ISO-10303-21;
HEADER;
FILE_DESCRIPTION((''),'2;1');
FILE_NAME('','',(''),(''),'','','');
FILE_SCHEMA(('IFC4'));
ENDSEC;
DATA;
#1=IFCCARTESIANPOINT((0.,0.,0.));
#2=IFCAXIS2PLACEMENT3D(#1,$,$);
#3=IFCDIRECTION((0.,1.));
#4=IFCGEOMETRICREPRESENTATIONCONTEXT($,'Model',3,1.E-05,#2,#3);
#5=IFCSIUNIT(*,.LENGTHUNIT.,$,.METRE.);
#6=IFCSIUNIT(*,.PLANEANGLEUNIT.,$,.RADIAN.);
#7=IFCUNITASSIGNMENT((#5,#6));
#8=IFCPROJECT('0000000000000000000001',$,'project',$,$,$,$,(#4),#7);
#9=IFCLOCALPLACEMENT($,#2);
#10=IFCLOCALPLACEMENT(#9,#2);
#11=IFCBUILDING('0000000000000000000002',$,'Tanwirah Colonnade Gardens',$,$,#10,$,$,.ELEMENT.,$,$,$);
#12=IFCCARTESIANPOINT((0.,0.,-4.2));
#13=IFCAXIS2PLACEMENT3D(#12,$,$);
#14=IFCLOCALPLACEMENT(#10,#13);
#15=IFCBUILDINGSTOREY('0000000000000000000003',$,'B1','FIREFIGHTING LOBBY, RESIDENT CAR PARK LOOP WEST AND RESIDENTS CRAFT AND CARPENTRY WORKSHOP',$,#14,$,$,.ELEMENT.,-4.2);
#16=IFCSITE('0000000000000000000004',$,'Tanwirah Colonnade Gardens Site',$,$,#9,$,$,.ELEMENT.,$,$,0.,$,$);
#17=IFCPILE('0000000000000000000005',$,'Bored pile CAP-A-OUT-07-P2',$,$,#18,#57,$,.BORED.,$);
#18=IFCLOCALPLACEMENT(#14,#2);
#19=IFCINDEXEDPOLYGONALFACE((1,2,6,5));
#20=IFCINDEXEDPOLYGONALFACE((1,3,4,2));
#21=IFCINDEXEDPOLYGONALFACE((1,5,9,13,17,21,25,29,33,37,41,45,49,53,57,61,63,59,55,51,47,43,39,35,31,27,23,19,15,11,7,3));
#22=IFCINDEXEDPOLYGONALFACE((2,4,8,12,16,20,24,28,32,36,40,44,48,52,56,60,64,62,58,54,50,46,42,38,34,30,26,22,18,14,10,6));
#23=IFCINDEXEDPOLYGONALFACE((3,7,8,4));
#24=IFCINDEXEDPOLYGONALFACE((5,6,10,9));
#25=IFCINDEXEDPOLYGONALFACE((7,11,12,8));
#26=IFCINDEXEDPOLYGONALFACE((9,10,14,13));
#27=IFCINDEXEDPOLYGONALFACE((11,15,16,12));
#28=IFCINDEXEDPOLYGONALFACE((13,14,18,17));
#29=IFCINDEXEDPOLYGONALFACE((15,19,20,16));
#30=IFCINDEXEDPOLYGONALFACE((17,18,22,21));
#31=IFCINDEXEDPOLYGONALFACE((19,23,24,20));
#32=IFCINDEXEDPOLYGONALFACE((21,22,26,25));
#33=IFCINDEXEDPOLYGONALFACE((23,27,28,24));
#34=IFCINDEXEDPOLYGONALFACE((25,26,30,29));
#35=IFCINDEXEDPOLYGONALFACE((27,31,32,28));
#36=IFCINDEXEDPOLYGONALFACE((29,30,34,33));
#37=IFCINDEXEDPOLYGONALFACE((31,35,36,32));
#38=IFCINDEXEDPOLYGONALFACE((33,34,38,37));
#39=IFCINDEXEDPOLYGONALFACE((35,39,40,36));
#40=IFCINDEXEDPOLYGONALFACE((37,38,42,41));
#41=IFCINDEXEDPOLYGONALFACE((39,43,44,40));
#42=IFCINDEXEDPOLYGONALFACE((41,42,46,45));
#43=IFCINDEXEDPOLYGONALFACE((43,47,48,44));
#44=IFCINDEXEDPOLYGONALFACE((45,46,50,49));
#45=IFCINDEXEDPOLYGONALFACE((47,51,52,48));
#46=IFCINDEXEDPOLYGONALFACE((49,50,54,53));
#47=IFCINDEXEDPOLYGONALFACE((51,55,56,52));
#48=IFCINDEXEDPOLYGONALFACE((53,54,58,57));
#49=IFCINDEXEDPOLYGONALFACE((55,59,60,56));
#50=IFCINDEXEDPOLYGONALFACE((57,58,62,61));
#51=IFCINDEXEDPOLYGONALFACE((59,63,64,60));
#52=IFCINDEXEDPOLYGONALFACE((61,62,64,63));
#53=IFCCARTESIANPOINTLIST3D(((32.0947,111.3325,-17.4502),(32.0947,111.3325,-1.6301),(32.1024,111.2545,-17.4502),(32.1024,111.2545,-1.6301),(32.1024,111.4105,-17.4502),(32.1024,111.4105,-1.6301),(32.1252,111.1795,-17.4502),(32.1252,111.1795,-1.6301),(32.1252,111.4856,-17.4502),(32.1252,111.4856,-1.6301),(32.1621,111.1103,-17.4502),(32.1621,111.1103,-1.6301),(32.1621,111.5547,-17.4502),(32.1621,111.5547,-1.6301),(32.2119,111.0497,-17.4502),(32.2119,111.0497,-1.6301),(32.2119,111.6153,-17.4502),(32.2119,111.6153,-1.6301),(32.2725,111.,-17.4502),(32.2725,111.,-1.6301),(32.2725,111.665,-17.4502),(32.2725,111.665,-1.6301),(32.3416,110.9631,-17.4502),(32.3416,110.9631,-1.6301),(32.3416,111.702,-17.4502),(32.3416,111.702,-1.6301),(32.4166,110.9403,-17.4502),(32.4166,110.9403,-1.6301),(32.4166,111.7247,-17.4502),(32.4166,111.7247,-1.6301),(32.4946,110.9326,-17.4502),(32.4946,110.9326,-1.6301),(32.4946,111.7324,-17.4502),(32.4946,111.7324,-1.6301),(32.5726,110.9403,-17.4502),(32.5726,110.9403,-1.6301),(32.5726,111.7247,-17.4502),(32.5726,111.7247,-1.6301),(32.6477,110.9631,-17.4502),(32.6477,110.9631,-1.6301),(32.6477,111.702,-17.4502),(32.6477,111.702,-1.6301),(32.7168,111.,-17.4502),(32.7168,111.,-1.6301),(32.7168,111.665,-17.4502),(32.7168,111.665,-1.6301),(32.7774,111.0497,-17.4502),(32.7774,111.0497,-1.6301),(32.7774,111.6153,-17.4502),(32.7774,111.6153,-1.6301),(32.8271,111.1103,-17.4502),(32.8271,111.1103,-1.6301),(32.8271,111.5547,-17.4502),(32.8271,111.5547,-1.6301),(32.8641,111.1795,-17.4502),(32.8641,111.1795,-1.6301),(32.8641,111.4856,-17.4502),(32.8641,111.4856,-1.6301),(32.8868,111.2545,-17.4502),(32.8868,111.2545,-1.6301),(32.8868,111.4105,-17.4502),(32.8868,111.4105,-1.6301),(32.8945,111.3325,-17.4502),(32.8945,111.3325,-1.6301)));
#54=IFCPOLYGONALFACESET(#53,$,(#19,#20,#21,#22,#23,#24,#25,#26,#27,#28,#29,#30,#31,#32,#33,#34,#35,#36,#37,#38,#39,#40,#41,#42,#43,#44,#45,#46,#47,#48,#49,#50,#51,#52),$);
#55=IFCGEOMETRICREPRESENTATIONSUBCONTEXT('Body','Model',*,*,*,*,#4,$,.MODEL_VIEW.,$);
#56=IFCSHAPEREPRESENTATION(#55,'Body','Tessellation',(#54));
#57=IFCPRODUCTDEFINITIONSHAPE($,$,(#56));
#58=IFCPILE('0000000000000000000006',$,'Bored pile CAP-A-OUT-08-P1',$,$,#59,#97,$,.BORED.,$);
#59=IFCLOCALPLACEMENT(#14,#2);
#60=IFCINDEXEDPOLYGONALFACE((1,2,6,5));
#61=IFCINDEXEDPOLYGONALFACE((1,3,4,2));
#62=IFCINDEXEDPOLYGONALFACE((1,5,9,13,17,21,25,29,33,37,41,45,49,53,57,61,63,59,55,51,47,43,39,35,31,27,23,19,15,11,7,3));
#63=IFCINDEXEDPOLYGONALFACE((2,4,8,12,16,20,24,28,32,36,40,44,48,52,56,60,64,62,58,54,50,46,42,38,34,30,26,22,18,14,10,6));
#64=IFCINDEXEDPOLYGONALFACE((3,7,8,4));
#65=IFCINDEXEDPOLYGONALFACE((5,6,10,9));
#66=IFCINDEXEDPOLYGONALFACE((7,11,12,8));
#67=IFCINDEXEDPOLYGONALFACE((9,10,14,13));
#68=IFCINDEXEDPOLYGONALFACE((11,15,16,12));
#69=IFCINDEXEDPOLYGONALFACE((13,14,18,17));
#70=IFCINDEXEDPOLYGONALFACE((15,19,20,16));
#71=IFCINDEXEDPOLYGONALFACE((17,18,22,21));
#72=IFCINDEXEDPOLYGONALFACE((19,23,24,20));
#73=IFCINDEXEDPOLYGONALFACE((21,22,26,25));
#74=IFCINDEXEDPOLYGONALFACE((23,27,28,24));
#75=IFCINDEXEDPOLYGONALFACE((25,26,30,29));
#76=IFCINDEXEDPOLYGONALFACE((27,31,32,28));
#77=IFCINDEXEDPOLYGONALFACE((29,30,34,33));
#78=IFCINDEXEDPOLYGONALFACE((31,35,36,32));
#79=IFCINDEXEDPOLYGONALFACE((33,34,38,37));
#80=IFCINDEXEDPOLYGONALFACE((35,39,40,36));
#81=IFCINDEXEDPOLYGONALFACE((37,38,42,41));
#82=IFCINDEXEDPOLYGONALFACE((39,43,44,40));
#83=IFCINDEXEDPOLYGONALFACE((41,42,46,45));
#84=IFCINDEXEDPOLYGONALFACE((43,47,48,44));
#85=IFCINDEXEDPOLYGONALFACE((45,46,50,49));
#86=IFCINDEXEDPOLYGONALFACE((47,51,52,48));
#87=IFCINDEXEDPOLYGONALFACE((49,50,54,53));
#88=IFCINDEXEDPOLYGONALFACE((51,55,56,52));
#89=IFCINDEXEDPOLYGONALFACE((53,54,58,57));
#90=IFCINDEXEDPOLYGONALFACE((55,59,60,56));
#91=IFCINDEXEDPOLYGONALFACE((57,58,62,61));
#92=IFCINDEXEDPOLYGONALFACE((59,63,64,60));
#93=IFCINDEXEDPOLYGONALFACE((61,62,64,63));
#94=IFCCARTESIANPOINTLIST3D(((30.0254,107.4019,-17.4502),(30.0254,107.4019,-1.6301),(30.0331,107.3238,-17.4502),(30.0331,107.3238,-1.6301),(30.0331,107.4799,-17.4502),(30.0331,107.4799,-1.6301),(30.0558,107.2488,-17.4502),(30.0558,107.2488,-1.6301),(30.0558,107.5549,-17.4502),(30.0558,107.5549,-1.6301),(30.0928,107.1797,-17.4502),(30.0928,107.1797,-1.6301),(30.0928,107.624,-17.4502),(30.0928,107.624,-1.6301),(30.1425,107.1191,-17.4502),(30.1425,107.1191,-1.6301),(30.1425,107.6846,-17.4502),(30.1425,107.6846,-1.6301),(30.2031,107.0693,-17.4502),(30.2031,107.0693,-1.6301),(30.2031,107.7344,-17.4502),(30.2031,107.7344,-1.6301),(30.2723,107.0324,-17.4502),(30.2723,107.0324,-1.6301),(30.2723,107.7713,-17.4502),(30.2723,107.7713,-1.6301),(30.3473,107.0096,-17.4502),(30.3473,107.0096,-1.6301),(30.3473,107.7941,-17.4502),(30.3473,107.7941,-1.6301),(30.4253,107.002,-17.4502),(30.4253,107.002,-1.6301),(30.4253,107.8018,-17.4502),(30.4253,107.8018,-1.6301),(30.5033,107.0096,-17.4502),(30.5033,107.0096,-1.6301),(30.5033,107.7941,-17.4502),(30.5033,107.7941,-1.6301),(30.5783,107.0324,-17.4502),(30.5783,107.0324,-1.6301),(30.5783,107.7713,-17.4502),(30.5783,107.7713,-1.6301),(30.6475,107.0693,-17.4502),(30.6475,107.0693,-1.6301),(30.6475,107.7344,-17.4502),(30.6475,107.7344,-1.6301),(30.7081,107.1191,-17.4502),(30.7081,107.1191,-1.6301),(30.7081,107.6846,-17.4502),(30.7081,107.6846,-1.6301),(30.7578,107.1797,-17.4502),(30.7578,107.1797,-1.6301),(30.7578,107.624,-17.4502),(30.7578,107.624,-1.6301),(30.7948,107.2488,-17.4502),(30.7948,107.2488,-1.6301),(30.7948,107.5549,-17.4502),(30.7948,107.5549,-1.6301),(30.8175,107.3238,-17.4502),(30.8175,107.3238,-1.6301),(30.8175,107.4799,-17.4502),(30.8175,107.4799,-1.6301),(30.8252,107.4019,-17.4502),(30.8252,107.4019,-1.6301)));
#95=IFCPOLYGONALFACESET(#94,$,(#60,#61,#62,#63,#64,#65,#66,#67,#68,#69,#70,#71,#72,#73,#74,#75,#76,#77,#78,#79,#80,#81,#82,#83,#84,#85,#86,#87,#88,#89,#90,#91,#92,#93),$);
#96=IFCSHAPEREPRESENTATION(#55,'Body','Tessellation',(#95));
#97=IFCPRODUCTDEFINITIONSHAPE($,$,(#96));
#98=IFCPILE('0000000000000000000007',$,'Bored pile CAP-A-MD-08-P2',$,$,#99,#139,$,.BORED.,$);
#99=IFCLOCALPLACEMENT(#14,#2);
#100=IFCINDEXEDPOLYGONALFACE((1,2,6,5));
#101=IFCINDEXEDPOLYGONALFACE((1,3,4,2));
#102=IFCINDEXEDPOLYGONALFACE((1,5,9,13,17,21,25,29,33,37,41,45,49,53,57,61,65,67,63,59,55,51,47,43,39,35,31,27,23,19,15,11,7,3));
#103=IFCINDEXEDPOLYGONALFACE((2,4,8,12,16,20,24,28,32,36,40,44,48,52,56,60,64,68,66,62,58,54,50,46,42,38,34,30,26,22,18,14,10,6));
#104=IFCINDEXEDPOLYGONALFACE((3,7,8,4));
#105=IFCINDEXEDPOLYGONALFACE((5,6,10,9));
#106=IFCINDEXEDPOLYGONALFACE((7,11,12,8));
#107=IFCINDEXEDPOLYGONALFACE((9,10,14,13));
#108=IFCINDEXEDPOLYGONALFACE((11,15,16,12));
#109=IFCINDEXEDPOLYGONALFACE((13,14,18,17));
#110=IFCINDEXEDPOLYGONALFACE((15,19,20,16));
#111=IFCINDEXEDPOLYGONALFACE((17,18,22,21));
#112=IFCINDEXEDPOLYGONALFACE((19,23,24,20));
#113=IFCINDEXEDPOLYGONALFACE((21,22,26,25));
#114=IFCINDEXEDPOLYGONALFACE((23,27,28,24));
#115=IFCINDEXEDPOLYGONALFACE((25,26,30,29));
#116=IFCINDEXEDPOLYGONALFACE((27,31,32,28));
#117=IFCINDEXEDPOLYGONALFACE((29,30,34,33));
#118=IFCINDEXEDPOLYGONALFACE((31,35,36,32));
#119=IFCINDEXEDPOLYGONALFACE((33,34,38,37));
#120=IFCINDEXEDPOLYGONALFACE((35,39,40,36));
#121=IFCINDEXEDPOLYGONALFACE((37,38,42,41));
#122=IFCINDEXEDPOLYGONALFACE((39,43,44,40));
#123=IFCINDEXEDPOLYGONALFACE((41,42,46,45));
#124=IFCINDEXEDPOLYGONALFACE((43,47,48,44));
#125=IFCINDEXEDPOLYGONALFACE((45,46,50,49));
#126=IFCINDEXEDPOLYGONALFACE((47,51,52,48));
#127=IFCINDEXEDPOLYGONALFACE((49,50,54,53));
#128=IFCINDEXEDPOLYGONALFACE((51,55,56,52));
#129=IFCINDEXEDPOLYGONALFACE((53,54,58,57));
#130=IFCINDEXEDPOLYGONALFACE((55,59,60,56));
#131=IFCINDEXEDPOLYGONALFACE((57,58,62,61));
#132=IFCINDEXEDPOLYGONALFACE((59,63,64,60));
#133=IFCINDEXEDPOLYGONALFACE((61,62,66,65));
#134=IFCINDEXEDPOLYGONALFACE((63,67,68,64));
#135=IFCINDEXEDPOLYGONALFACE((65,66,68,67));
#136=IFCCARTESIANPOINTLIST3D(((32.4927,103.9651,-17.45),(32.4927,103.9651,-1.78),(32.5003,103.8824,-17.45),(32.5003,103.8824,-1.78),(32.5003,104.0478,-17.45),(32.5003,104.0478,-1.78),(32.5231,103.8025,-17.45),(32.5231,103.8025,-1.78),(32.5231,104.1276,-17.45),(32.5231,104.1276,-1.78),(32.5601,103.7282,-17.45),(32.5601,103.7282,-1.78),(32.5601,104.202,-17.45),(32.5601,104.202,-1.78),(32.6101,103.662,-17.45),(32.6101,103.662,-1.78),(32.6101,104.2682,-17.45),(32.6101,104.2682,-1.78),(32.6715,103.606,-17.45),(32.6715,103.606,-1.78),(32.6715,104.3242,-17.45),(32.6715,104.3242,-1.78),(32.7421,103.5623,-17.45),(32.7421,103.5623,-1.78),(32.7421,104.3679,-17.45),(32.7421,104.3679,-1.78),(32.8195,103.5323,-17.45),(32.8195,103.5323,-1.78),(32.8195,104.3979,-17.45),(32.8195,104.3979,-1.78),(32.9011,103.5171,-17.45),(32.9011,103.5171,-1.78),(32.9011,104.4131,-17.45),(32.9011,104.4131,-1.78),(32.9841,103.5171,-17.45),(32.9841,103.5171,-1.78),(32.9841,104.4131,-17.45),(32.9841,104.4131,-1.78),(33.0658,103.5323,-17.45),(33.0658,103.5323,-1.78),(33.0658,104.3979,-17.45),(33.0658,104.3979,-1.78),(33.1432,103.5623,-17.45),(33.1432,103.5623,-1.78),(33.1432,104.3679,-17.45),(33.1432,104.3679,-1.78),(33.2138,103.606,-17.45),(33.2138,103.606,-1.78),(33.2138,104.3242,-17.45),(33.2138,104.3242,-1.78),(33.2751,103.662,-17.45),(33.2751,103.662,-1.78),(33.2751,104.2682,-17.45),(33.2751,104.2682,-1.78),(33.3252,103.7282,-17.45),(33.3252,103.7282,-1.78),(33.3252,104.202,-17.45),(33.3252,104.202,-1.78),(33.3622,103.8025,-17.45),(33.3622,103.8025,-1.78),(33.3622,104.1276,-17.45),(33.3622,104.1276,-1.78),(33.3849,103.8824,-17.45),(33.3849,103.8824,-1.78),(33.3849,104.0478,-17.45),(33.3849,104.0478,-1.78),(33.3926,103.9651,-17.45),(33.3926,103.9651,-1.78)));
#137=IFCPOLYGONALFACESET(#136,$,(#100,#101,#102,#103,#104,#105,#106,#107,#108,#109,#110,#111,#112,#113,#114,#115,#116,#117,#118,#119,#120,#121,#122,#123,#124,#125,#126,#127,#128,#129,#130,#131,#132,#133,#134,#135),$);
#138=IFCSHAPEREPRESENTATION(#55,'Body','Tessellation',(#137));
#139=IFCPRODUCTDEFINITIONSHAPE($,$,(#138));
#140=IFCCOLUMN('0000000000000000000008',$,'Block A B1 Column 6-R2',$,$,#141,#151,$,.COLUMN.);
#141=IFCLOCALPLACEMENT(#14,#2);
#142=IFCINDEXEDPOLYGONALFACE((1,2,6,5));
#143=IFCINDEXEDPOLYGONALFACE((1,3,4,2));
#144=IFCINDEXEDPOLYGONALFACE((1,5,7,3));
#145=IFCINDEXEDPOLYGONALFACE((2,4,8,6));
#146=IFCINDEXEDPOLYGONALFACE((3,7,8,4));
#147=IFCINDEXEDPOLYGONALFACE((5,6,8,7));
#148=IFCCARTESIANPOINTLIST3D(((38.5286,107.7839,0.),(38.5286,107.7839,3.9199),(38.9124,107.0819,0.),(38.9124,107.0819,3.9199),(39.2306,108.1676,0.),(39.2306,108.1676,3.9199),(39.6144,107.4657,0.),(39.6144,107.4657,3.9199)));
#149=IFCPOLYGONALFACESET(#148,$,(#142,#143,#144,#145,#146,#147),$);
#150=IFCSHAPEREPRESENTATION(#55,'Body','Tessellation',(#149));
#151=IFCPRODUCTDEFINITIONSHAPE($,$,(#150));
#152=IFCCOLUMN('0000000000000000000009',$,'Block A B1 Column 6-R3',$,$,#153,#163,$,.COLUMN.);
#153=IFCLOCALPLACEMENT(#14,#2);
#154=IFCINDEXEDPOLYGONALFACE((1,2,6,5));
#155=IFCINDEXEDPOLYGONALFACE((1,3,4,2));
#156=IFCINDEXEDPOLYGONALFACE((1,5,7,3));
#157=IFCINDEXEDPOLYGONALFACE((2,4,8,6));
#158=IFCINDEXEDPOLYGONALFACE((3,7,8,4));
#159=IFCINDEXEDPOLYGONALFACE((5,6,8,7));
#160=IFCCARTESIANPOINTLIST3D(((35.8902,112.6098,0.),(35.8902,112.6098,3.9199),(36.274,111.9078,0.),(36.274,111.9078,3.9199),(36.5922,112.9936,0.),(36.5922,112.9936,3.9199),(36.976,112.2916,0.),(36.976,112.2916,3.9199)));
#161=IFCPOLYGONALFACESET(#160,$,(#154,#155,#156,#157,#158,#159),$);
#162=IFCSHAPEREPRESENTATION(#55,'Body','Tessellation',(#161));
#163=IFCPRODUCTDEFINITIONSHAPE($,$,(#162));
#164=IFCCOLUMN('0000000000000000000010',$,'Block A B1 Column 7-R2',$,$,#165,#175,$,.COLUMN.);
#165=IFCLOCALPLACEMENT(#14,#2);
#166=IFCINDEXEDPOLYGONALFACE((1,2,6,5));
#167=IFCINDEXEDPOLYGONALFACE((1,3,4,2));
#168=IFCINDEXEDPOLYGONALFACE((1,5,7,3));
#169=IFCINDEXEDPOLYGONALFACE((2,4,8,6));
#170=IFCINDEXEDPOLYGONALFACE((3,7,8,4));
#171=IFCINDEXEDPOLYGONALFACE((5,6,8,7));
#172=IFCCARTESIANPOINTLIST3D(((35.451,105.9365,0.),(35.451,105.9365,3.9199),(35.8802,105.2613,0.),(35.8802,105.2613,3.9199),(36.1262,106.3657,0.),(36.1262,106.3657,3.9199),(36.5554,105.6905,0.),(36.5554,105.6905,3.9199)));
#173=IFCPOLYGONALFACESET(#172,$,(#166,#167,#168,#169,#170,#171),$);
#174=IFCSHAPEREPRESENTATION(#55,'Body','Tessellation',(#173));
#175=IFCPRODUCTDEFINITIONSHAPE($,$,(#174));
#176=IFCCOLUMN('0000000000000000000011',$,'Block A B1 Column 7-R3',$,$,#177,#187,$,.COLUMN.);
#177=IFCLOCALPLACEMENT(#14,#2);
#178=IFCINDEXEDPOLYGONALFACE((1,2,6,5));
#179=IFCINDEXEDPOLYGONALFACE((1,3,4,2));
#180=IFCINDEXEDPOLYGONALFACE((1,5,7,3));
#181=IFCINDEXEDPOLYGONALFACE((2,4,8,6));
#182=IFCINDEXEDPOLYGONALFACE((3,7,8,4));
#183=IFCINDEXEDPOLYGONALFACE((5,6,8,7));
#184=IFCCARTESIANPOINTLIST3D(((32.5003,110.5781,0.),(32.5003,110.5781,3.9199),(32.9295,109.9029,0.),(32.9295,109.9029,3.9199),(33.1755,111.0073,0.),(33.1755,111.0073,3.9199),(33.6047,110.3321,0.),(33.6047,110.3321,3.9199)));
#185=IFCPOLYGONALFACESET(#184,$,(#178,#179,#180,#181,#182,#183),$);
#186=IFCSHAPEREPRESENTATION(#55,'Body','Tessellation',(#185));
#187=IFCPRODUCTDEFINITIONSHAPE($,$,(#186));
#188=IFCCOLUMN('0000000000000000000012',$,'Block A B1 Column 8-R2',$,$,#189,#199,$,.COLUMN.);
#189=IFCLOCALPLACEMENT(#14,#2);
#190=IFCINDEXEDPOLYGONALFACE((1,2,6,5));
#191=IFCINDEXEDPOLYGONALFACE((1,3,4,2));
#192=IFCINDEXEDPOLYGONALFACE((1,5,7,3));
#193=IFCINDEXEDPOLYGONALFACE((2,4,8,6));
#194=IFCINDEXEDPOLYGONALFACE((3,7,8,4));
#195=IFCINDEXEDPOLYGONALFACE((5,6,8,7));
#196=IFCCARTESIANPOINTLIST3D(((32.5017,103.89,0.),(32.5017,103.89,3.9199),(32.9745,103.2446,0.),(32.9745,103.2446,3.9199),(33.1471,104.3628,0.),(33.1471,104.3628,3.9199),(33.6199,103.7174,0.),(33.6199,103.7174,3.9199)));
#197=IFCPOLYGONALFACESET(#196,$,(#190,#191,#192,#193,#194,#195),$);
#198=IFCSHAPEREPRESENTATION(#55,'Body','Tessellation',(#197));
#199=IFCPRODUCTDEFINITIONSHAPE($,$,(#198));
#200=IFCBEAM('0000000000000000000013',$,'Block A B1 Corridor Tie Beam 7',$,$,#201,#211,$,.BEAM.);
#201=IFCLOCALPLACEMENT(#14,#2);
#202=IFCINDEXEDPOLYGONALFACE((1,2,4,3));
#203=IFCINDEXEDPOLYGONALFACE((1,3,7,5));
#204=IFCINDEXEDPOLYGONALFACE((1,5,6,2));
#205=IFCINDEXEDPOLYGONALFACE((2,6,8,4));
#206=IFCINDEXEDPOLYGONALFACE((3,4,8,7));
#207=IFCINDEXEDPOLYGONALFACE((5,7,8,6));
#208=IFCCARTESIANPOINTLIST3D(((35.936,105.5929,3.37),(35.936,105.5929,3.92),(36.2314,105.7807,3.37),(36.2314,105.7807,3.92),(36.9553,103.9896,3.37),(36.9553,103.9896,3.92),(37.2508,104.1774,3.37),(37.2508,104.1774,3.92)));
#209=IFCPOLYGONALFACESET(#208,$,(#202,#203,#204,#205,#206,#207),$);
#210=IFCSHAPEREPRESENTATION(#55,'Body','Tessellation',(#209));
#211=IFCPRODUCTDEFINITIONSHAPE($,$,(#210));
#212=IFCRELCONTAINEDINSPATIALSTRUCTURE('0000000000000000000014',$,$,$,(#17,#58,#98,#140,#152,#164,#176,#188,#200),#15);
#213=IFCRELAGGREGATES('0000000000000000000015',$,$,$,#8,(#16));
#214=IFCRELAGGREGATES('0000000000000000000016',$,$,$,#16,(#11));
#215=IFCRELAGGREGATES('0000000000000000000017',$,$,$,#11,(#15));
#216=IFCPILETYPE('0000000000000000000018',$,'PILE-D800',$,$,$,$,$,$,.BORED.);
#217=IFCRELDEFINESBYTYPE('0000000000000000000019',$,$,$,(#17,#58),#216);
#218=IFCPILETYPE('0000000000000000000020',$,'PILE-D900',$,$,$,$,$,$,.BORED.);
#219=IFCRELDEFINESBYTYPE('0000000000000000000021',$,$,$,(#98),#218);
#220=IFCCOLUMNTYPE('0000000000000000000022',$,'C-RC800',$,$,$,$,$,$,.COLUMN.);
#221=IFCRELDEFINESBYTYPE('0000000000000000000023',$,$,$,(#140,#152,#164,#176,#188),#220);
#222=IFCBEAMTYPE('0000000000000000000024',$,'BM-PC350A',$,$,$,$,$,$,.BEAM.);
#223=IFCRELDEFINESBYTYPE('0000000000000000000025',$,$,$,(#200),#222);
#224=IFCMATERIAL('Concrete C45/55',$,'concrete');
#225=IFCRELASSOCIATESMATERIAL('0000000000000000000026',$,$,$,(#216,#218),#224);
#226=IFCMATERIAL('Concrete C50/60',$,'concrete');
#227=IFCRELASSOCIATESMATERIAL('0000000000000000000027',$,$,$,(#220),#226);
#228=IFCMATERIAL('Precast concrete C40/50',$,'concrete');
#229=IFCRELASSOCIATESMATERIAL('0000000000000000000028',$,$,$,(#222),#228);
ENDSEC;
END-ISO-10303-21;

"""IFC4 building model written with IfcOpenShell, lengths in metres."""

from ifc_helpers import new_model, si_unit, direction, frame, origin, origin_2d, place, context, subcontext, project, spatial, rectangle, circle, extrude, material, material_profile, profile_set, type_object, element, save


model = new_model("IFC4")

# Units and contexts
model_context = context("Model", 3, precision=1e-05, world=origin(), true_north=direction((0.0, 1.0)))
body_context = subcontext(model_context, "Body", "Model", "MODEL_VIEW")
ifc_project = project(units=[si_unit("LENGTHUNIT", "METRE"), si_unit("PLANEANGLEUNIT", "RADIAN")], contexts=[model_context])

# Site, building, storey
site_placement = place(None, origin())
site = spatial("IfcSite", under=ifc_project, at=site_placement, Name="Tanwirah Colonnade Gardens Site", CompositionType="ELEMENT", RefElevation=0.0)
building_placement = place(site_placement, origin())
building = spatial("IfcBuilding", under=site, at=building_placement, Name="Tanwirah Colonnade Gardens", CompositionType="ELEMENT")
storey_placement = place(building_placement, frame((0.0, 0.0, -4.2)))
storey = spatial("IfcBuildingStorey", under=building, at=storey_placement, Name="B1", Description="FIREFIGHTING LOBBY, RESIDENT CAR PARK LOOP WEST AND RESIDENTS CRAFT AND CARPENTRY WORKSHOP", CompositionType="ELEMENT", Elevation=-4.2)

# Shared definitions
ifc_material_1 = material(Name="Concrete C45/55", Category="concrete")

# Piles
ifc_material_profile_1 = material_profile(ifc_material_1, circle(Radius=0.3999, at=origin_2d()), Name="PILE D800")
ifc_profile_set_1 = profile_set([ifc_material_profile_1], Name="Concrete C45/55")
pile_type_1 = type_object("IfcPileType", Name="PILE-D800", PredefinedType="BORED", material=ifc_profile_set_1)
for number, where, z_axis, x_axis, name in (
    (1, (32.4946, 111.3325, -1.6301), (0.0, 0.0, -1.0), (1.0, 0.0, 0.0), "Bored pile CAP-A-OUT-07-P2"),
    (2, (30.4253, 107.4019, -1.6301), (0.0, 0.0, -1.0), (1.0, 0.0, 0.0), "Bored pile CAP-A-OUT-08-P1"),
):
    element("IfcPile", number, at=place(storey_placement, frame(where, z_axis=z_axis, x_axis=x_axis)), inside=storey, type_object=pile_type_1, Name=name, PredefinedType="BORED", context=body_context, shape_type="SweptSolid", body=[
        extrude(circle(Radius=0.3999, at=origin_2d()), origin(), (0.0, 0.0, 1.0), 15.8201),
    ])
ifc_material_profile_2 = material_profile(ifc_material_1, circle(Radius=0.45, at=origin_2d()), Name="PILE D900")
ifc_profile_set_2 = profile_set([ifc_material_profile_2], Name="Concrete C45/55")
pile_type_2 = type_object("IfcPileType", Name="PILE-D900", PredefinedType="BORED", material=ifc_profile_set_2)
pile_placement = place(storey_placement, frame((32.9426, 103.9651, -1.78), z_axis=(0.0, 0.0, -1.0), x_axis=(1.0, 0.0, 0.0)))
element("IfcPile", 3, at=pile_placement, inside=storey, type_object=pile_type_2, Name="Bored pile CAP-A-MD-08-P2", PredefinedType="BORED", context=body_context, shape_type="SweptSolid", body=[
    extrude(circle(Radius=0.45, at=origin_2d()), origin(), (0.0, 0.0, 1.0), 15.6699),
])

# Columns
ifc_material_2 = material(Name="Concrete C50/60", Category="concrete")
ifc_material_profile_3 = material_profile(ifc_material_2, rectangle(XDim=0.8, YDim=0.8, at=origin_2d()), Name="RC-COL 800x800")
ifc_profile_set_3 = profile_set([ifc_material_profile_3], Name="Concrete C50/60")
column_type = type_object("IfcColumnType", Name="C-RC800", PredefinedType="COLUMN", material=ifc_profile_set_3)
for number, where, z_axis, x_axis, name in (
    (4, (39.0715, 107.6248, 0.0), (0.0, 0.0, 1.0), (-0.479713, 0.877425, 0.0), "Block A B1 Column 6-R2"),
    (5, (36.4331, 112.4507, 0.0), (0.0, 0.0, 1.0), (-0.479713, 0.877425, 0.0), "Block A B1 Column 6-R3"),
    (6, (36.0032, 105.8135, 0.0), (0.0, 0.0, 1.0), (-0.536482, 0.843912, 0.0), "Block A B1 Column 7-R2"),
    (7, (33.0525, 110.4551, 0.0), (0.0, 0.0, 1.0), (-0.536482, 0.843912, 0.0), "Block A B1 Column 7-R3"),
    (8, (33.0608, 103.8037, 0.0), (0.0, 0.0, 1.0), (-0.590919, 0.806731, 0.0), "Block A B1 Column 8-R2"),
):
    element("IfcColumn", number, at=place(storey_placement, frame(where, z_axis=z_axis, x_axis=x_axis)), inside=storey, type_object=column_type, Name=name, PredefinedType="COLUMN", context=body_context, shape_type="SweptSolid", body=[
        extrude(rectangle(XDim=0.8, YDim=0.8, at=origin_2d()), origin(), (0.0, 0.0, 1.0), 3.9199),
    ])

# Beam
ifc_material_3 = material(Name="Precast concrete C40/50", Category="concrete")
ifc_material_profile_4 = material_profile(ifc_material_3, rectangle(XDim=0.3501, YDim=0.55, at=origin_2d()), Name="PC-BM 350x550")
ifc_profile_set_4 = profile_set([ifc_material_profile_4], Name="Precast concrete C40/50")
beam_type_1 = type_object("IfcBeamType", Name="BM-PC350A", PredefinedType="BEAM", material=ifc_profile_set_4)
beam_1_placement = place(storey_placement, frame((37.103, 104.0835, 3.645), z_axis=(-0.53651, 0.843894, 0.0), x_axis=(-0.843894, -0.53651, 0.0)))
element("IfcBeam", 9, at=beam_1_placement, inside=storey, type_object=beam_type_1, Name="Block A B1 Corridor Tie Beam 7", PredefinedType="BEAM", context=body_context, shape_type="SweptSolid", body=[
    extrude(rectangle(XDim=0.3501, YDim=0.55, at=origin_2d()), origin(), (0.0, 0.0, 1.0), 1.8999),
])

save(model, "model.ifc")
